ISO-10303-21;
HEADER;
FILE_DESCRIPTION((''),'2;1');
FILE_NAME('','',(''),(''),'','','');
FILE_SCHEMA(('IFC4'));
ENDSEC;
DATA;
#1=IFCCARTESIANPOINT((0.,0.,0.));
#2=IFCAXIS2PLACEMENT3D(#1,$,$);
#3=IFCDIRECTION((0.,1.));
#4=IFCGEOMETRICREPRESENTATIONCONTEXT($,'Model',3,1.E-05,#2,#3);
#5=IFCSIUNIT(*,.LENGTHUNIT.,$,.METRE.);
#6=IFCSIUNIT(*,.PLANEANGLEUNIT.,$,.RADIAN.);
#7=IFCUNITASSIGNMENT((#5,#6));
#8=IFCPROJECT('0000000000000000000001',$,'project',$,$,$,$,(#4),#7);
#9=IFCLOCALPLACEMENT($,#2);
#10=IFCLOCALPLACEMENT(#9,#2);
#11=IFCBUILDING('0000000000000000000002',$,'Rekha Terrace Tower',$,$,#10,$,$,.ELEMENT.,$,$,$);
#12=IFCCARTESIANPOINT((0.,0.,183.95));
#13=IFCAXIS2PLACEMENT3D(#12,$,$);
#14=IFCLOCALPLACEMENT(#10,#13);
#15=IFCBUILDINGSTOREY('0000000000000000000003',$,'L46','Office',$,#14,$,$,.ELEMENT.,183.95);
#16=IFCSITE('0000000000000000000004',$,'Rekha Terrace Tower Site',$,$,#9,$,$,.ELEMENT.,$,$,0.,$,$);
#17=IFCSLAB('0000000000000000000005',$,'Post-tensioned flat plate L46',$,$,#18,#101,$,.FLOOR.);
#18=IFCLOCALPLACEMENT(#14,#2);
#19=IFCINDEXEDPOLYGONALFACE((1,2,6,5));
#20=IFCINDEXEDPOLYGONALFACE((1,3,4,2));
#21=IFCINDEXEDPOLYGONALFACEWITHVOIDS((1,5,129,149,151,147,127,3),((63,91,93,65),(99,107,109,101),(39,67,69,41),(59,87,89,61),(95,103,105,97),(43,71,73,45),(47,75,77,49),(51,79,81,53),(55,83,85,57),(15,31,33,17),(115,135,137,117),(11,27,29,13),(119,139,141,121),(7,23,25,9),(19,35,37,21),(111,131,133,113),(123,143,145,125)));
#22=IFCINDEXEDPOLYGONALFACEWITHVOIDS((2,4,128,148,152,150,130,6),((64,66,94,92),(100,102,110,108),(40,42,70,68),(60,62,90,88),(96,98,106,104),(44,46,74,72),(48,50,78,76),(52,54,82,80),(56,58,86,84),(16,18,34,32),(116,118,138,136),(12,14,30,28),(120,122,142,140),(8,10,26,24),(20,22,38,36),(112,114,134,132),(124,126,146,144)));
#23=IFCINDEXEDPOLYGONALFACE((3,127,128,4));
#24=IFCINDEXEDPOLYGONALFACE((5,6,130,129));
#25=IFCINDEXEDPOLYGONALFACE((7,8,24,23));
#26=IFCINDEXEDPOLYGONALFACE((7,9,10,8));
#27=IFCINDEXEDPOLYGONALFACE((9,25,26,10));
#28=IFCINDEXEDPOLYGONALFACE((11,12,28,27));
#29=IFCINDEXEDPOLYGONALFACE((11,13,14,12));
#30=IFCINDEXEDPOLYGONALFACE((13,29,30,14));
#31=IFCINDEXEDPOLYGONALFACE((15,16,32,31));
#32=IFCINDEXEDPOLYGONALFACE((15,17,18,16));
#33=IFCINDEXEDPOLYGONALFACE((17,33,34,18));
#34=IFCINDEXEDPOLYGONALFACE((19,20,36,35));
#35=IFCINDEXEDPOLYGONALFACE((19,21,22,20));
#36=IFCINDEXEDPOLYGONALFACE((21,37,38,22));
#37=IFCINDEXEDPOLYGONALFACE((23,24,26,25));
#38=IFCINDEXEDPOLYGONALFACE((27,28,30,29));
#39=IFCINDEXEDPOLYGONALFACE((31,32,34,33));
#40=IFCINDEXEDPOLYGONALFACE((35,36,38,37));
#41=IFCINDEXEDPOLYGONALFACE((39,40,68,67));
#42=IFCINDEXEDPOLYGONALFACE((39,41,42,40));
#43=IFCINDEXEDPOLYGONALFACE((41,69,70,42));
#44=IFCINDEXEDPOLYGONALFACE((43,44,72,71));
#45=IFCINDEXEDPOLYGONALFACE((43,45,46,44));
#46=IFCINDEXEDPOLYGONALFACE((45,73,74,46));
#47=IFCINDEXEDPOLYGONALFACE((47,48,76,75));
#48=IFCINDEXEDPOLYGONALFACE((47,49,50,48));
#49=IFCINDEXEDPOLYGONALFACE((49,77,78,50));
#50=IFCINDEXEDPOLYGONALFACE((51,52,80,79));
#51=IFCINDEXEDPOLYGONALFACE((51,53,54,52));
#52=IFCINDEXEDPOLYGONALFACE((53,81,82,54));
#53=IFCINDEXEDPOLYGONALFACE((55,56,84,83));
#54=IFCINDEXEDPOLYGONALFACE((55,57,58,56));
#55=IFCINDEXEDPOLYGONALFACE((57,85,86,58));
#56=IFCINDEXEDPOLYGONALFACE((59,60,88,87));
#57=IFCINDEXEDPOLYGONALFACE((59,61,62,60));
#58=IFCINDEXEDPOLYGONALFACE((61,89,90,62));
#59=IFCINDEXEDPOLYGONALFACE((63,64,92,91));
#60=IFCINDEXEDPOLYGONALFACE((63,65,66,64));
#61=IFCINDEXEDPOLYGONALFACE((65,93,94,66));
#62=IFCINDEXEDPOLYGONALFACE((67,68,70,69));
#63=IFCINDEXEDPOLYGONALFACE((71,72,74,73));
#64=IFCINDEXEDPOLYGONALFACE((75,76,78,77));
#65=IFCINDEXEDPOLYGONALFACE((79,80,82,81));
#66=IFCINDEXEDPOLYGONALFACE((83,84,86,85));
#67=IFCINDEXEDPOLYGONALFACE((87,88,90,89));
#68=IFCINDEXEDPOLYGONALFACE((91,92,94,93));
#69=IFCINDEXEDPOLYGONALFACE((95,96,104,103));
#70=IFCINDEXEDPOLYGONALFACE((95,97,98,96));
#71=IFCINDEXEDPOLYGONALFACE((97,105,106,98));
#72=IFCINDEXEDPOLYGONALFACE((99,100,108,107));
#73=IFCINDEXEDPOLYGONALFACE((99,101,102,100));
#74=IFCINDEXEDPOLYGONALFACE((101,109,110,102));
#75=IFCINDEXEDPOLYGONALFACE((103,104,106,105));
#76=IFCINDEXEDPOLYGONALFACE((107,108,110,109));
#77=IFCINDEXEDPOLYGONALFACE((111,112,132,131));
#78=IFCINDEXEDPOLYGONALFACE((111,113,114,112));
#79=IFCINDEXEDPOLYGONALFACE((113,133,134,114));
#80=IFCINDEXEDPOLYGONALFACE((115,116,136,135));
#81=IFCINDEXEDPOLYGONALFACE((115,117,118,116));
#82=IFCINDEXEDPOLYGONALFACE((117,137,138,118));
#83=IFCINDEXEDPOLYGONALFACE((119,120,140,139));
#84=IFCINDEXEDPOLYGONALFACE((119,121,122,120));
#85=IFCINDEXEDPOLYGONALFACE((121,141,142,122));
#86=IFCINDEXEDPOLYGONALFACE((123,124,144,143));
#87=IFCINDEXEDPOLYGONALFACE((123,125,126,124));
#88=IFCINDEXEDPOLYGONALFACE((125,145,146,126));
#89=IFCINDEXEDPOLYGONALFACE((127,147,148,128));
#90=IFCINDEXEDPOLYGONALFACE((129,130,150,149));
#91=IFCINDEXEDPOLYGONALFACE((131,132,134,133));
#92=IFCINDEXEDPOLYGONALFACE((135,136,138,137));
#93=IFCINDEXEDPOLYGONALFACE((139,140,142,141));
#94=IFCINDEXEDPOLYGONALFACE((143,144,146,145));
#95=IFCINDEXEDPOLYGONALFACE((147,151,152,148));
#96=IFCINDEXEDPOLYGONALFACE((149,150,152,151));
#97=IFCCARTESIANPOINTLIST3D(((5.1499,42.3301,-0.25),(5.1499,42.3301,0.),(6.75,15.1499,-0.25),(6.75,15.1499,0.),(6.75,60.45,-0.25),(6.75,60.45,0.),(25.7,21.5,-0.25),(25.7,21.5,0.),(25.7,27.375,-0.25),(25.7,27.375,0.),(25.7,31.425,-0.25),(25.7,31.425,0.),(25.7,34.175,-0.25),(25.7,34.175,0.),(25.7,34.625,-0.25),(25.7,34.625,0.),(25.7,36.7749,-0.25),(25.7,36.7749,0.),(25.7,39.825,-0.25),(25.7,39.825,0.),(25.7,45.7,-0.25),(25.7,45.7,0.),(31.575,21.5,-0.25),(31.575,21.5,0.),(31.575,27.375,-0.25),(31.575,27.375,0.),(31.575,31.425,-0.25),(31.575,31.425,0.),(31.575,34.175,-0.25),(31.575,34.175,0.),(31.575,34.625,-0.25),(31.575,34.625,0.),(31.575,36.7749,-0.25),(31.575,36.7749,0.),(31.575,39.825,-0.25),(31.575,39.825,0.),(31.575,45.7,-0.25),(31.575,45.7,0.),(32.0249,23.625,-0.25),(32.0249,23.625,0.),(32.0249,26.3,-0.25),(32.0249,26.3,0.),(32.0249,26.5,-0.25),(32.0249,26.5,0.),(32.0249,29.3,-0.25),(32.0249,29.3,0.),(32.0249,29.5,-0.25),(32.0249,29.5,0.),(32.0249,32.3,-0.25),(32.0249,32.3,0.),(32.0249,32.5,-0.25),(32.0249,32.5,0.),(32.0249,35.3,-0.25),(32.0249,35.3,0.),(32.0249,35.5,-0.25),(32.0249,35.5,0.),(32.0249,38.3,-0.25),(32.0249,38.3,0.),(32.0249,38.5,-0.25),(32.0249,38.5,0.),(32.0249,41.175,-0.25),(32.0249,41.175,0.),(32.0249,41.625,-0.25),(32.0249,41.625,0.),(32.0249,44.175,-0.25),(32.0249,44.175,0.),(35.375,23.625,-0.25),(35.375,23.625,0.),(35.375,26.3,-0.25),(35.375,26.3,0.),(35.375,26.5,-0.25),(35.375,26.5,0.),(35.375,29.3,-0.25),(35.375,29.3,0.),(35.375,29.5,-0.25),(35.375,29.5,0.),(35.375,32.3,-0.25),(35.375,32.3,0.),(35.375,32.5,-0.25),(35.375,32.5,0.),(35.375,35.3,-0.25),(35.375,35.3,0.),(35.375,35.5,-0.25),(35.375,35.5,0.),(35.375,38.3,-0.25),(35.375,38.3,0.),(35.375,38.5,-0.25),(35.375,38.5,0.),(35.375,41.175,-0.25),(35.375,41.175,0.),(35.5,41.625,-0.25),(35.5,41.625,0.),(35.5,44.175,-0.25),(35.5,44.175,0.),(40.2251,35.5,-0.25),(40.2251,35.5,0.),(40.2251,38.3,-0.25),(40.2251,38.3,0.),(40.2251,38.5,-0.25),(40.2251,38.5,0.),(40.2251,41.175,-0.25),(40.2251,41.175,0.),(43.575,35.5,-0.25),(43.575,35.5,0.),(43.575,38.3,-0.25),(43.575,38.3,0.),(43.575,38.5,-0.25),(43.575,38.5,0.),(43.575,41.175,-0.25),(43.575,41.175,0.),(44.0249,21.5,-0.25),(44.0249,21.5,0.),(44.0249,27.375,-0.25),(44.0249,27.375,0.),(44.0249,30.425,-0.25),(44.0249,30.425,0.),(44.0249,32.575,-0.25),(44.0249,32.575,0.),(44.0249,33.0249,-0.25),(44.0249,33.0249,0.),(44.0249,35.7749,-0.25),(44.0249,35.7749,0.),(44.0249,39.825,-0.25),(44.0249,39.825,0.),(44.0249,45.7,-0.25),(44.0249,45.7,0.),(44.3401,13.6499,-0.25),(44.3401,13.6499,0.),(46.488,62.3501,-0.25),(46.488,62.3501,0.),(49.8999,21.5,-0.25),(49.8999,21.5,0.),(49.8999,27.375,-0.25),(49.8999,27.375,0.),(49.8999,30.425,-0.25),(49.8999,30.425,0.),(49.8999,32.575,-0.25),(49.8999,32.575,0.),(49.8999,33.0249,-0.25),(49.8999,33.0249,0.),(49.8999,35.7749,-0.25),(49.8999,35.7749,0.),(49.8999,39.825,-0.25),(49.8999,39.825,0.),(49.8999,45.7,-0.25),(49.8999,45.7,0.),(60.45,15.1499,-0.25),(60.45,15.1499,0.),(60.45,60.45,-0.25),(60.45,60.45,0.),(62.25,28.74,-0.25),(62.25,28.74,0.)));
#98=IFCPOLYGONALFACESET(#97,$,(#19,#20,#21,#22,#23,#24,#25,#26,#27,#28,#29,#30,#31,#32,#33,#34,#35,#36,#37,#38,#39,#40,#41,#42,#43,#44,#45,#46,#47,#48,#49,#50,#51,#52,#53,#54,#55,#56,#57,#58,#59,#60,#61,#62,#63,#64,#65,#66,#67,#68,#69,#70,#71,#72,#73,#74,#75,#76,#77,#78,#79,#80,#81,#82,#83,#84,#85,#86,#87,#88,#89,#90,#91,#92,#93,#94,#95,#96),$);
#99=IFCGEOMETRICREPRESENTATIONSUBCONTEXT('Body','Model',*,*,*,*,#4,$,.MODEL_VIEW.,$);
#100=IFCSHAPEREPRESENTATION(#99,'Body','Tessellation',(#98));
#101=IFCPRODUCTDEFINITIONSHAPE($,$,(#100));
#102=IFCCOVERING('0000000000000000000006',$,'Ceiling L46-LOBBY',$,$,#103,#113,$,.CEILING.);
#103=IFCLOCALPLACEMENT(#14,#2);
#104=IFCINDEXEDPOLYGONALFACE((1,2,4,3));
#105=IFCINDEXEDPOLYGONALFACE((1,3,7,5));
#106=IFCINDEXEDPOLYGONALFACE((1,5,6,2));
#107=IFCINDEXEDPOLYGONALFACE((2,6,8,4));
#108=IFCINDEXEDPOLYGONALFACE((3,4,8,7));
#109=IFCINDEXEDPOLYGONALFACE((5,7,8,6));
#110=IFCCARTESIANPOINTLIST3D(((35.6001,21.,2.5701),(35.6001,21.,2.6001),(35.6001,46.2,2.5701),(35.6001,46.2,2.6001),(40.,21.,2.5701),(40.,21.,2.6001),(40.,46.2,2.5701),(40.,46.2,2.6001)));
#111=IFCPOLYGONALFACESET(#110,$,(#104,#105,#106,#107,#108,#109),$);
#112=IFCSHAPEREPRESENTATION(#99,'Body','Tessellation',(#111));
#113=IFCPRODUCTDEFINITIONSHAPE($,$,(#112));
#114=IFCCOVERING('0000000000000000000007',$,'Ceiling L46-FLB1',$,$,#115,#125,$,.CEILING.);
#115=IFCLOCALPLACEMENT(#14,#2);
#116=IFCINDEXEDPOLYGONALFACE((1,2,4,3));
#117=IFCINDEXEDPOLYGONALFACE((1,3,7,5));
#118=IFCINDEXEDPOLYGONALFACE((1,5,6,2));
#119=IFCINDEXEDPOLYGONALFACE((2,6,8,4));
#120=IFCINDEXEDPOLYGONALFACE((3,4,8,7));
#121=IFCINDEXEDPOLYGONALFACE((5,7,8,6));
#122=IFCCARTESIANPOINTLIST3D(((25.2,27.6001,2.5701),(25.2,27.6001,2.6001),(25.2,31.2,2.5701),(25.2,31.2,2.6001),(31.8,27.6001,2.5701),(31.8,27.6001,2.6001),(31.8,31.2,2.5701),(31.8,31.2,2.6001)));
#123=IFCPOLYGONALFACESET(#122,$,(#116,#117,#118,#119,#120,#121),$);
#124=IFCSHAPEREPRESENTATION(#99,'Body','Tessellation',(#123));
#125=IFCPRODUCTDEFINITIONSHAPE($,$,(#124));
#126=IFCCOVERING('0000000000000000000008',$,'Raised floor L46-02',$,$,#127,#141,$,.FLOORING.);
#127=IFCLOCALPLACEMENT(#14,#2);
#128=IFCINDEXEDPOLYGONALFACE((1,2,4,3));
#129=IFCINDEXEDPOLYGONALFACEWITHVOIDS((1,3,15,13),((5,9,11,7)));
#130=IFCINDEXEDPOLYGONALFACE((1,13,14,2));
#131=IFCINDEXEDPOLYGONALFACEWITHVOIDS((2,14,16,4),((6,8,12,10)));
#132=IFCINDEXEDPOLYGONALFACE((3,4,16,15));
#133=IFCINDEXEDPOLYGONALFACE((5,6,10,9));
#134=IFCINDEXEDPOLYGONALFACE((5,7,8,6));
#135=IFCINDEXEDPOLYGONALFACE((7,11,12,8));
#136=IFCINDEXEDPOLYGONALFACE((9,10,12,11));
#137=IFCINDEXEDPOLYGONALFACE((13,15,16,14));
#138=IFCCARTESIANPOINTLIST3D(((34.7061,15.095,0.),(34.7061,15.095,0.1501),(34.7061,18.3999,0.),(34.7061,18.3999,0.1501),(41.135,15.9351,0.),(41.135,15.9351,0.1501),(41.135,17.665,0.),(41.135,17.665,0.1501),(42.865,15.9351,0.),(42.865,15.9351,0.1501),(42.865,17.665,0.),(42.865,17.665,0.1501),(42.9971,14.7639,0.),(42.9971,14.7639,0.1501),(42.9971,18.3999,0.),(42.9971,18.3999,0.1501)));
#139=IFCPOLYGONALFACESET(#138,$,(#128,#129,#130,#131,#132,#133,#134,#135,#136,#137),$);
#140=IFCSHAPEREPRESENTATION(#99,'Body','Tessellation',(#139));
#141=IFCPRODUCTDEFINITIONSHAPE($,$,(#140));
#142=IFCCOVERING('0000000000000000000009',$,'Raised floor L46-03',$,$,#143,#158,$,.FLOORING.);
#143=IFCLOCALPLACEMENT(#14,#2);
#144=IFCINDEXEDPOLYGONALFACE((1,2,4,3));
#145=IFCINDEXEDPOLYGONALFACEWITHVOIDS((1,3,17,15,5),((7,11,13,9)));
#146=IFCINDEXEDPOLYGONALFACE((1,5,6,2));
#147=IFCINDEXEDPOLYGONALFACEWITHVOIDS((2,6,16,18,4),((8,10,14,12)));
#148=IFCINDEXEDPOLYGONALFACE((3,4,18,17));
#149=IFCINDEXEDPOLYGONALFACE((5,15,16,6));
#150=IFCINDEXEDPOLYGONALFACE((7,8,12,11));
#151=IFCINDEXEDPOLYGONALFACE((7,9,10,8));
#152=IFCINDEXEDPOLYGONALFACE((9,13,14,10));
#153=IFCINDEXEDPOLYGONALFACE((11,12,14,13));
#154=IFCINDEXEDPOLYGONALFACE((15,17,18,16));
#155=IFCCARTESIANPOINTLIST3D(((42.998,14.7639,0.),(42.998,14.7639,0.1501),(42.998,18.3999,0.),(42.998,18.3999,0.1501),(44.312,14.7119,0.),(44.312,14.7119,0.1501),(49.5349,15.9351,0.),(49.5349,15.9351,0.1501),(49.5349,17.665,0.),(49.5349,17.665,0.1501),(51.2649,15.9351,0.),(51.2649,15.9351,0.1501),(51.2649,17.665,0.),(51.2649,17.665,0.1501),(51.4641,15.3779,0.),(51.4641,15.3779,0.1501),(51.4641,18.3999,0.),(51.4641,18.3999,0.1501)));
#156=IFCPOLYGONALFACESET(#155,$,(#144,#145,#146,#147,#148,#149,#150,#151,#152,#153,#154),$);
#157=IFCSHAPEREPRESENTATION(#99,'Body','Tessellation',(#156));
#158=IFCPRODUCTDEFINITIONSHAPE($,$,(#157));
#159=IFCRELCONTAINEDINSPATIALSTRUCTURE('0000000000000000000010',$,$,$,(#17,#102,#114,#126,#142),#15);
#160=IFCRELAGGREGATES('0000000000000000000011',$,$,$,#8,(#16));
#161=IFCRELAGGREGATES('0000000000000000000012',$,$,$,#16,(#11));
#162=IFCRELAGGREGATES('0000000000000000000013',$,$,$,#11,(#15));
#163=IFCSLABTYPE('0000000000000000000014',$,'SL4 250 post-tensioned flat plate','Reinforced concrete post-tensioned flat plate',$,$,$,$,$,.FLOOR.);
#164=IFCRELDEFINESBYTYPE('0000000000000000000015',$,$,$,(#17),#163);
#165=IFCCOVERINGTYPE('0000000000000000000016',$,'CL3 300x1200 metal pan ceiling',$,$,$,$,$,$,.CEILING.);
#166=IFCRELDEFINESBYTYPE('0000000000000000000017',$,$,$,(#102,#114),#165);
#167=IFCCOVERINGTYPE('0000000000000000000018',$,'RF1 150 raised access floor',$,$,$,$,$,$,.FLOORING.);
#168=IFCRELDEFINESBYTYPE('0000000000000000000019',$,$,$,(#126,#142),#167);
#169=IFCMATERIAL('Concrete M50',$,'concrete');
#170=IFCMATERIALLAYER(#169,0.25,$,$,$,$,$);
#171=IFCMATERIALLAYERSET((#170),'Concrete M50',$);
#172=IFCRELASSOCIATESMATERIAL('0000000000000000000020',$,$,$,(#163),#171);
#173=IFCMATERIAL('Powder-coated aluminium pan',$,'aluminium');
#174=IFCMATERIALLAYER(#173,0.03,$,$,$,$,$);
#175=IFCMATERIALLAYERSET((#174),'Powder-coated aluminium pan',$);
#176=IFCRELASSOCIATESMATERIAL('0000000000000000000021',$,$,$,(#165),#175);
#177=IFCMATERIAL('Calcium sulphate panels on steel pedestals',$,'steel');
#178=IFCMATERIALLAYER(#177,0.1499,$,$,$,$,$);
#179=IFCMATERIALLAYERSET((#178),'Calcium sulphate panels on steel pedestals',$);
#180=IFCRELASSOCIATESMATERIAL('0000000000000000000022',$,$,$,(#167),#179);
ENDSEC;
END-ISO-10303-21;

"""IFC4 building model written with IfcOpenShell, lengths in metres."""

from ifc_helpers import new_model, si_unit, direction, frame, origin, place, context, subcontext, project, spatial, polyline, outline, extrude, material, layer, layer_set, type_object, element, save


model = new_model("IFC4")

# Units and contexts
model_context = context("Model", 3, precision=1e-05, world=origin(), true_north=direction((0.0, 1.0)))
body_context = subcontext(model_context, "Body", "Model", "MODEL_VIEW")
ifc_project = project(units=[si_unit("LENGTHUNIT", "METRE"), si_unit("PLANEANGLEUNIT", "RADIAN")], contexts=[model_context])

# Site, building, storey
site_placement = place(None, origin())
site = spatial("IfcSite", under=ifc_project, at=site_placement, Name="Rekha Terrace Tower Site", CompositionType="ELEMENT", RefElevation=0.0)
building_placement = place(site_placement, origin())
building = spatial("IfcBuilding", under=site, at=building_placement, Name="Rekha Terrace Tower", CompositionType="ELEMENT")
storey_placement = place(building_placement, frame((0.0, 0.0, 183.95)))
storey = spatial("IfcBuildingStorey", under=building, at=storey_placement, Name="L46", Description="Office", CompositionType="ELEMENT", Elevation=183.95)

# Slab
ifc_material_1 = material(Name="Concrete M50", Category="concrete")
ifc_layer_1 = layer(ifc_material_1, 0.25)
ifc_layer_set_1 = layer_set([ifc_layer_1], Name="Concrete M50")
slab_type_1 = type_object("IfcSlabType", Name="SL4 250 post-tensioned flat plate", Description="Reinforced concrete post-tensioned flat plate", PredefinedType="FLOOR", material=ifc_layer_set_1)
slab_1_placement = place(storey_placement, frame((0.0, 0.0, -0.25)))
element("IfcSlab", 1, at=slab_1_placement, inside=storey, type_object=slab_type_1, Name="Post-tensioned flat plate L46", PredefinedType="FLOOR", context=body_context, shape_type="SweptSolid", body=[
    extrude(outline(polyline([(5.1499, 42.3301), (6.75, 15.1499), (44.3401, 13.6499), (60.45, 15.1499), (62.25, 28.74), (60.45, 60.45), (46.488, 62.3501), (6.75, 60.45), (5.1499, 42.3301)]), holes=[polyline([(31.575, 27.375), (31.575, 21.5), (25.7, 21.5), (25.7, 27.375), (31.575, 27.375)]), polyline([(35.375, 26.3), (35.375, 23.625), (32.0249, 23.625), (32.0249, 26.3), (35.375, 26.3)]), polyline([(35.375, 29.3), (35.375, 26.5), (32.0249, 26.5), (32.0249, 29.3), (35.375, 29.3)]), polyline([(35.375, 32.3), (35.375, 29.5), (32.0249, 29.5), (32.0249, 32.3), (35.375, 32.3)]), polyline([(31.575, 34.175), (31.575, 31.425), (25.7, 31.425), (25.7, 34.175), (31.575, 34.175)]), polyline([(35.375, 35.3), (35.375, 32.5), (32.0249, 32.5), (32.0249, 35.3), (35.375, 35.3)]), polyline([(31.575, 36.7749), (31.575, 34.625), (25.7, 34.625), (25.7, 36.7749), (31.575, 36.7749)]), polyline([(35.375, 38.3), (35.375, 35.5), (32.0249, 35.5), (32.0249, 38.3), (35.375, 38.3)]), polyline([(31.575, 45.7), (31.575, 39.825), (25.7, 39.825), (25.7, 45.7), (31.575, 45.7)]), polyline([(49.8999, 27.375), (49.8999, 21.5), (44.0249, 21.5), (44.0249, 27.375), (49.8999, 27.375)]), polyline([(49.8999, 32.575), (49.8999, 30.425), (44.0249, 30.425), (44.0249, 32.575), (49.8999, 32.575)]), polyline([(49.8999, 35.7749), (49.8999, 33.0249), (44.0249, 33.0249), (44.0249, 35.7749), (49.8999, 35.7749)]), polyline([(43.575, 38.3), (43.575, 35.5), (40.2251, 35.5), (40.2251, 38.3), (43.575, 38.3)]), polyline([(35.375, 41.175), (35.375, 38.5), (32.0249, 38.5), (32.0249, 41.175), (35.375, 41.175)]), polyline([(43.575, 41.175), (43.575, 38.5), (40.2251, 38.5), (40.2251, 41.175), (43.575, 41.175)]), polyline([(49.8999, 39.825), (44.0249, 39.825), (44.0249, 45.7), (49.8999, 45.7), (49.8999, 39.825)]), polyline([(35.5, 41.625), (32.0249, 41.625), (32.0249, 44.175), (35.5, 44.175), (35.5, 41.625)])]), origin(), (0.0, 0.0, 1.0), 0.25),
])

# Coverings
ifc_material_2 = material(Name="Powder-coated aluminium pan", Category="aluminium")
ifc_layer_2 = layer(ifc_material_2, 0.03)
ifc_layer_set_2 = layer_set([ifc_layer_2], Name="Powder-coated aluminium pan")
covering_type_1 = type_object("IfcCoveringType", Name="CL3 300x1200 metal pan ceiling", PredefinedType="CEILING", material=ifc_layer_set_2)
covering_1_placement = place(storey_placement, frame((0.0, 0.0, 2.5701)))
element("IfcCovering", 2, at=covering_1_placement, inside=storey, type_object=covering_type_1, Name="Ceiling L46-LOBBY", PredefinedType="CEILING", context=body_context, shape_type="SweptSolid", body=[
    extrude(outline(polyline([(40.0, 46.2), (35.6001, 46.2), (35.6001, 21.0), (40.0, 21.0), (40.0, 46.2)])), origin(), (0.0, 0.0, 1.0), 0.03),
])
covering_2_placement = place(storey_placement, frame((0.0, 0.0, 2.5701)))
element("IfcCovering", 3, at=covering_2_placement, inside=storey, type_object=covering_type_1, Name="Ceiling L46-FLB1", PredefinedType="CEILING", context=body_context, shape_type="SweptSolid", body=[
    extrude(outline(polyline([(31.8, 31.2), (25.2, 31.2), (25.2, 27.6001), (31.8, 27.6001), (31.8, 31.2)])), origin(), (0.0, 0.0, 1.0), 0.03),
])
ifc_material_3 = material(Name="Calcium sulphate panels on steel pedestals", Category="steel")
ifc_layer_3 = layer(ifc_material_3, 0.1499)
ifc_layer_set_3 = layer_set([ifc_layer_3], Name="Calcium sulphate panels on steel pedestals")
covering_type_2 = type_object("IfcCoveringType", Name="RF1 150 raised access floor", PredefinedType="FLOORING", material=ifc_layer_set_3)
covering_3_placement = place(storey_placement, origin())
element("IfcCovering", 4, at=covering_3_placement, inside=storey, type_object=covering_type_2, Name="Raised floor L46-02", PredefinedType="FLOORING", context=body_context, shape_type="SweptSolid", body=[
    extrude(outline(polyline([(42.9971, 14.7639), (42.9971, 18.3999), (34.7061, 18.3999), (34.7061, 15.095), (42.9971, 14.7639)]), holes=[polyline([(42.865, 17.665), (42.865, 15.9351), (41.135, 15.9351), (41.135, 17.665), (42.865, 17.665)])]), origin(), (0.0, 0.0, 1.0), 0.1501),
])
covering_4_placement = place(storey_placement, origin())
element("IfcCovering", 5, at=covering_4_placement, inside=storey, type_object=covering_type_2, Name="Raised floor L46-03", PredefinedType="FLOORING", context=body_context, shape_type="SweptSolid", body=[
    extrude(outline(polyline([(51.4641, 18.3999), (42.998, 18.3999), (42.998, 14.7639), (44.312, 14.7119), (51.4641, 15.3779), (51.4641, 18.3999)]), holes=[polyline([(51.2649, 15.9351), (49.5349, 15.9351), (49.5349, 17.665), (51.2649, 17.665), (51.2649, 15.9351)])]), origin(), (0.0, 0.0, 1.0), 0.1501),
])

save(model, "model.ifc")
